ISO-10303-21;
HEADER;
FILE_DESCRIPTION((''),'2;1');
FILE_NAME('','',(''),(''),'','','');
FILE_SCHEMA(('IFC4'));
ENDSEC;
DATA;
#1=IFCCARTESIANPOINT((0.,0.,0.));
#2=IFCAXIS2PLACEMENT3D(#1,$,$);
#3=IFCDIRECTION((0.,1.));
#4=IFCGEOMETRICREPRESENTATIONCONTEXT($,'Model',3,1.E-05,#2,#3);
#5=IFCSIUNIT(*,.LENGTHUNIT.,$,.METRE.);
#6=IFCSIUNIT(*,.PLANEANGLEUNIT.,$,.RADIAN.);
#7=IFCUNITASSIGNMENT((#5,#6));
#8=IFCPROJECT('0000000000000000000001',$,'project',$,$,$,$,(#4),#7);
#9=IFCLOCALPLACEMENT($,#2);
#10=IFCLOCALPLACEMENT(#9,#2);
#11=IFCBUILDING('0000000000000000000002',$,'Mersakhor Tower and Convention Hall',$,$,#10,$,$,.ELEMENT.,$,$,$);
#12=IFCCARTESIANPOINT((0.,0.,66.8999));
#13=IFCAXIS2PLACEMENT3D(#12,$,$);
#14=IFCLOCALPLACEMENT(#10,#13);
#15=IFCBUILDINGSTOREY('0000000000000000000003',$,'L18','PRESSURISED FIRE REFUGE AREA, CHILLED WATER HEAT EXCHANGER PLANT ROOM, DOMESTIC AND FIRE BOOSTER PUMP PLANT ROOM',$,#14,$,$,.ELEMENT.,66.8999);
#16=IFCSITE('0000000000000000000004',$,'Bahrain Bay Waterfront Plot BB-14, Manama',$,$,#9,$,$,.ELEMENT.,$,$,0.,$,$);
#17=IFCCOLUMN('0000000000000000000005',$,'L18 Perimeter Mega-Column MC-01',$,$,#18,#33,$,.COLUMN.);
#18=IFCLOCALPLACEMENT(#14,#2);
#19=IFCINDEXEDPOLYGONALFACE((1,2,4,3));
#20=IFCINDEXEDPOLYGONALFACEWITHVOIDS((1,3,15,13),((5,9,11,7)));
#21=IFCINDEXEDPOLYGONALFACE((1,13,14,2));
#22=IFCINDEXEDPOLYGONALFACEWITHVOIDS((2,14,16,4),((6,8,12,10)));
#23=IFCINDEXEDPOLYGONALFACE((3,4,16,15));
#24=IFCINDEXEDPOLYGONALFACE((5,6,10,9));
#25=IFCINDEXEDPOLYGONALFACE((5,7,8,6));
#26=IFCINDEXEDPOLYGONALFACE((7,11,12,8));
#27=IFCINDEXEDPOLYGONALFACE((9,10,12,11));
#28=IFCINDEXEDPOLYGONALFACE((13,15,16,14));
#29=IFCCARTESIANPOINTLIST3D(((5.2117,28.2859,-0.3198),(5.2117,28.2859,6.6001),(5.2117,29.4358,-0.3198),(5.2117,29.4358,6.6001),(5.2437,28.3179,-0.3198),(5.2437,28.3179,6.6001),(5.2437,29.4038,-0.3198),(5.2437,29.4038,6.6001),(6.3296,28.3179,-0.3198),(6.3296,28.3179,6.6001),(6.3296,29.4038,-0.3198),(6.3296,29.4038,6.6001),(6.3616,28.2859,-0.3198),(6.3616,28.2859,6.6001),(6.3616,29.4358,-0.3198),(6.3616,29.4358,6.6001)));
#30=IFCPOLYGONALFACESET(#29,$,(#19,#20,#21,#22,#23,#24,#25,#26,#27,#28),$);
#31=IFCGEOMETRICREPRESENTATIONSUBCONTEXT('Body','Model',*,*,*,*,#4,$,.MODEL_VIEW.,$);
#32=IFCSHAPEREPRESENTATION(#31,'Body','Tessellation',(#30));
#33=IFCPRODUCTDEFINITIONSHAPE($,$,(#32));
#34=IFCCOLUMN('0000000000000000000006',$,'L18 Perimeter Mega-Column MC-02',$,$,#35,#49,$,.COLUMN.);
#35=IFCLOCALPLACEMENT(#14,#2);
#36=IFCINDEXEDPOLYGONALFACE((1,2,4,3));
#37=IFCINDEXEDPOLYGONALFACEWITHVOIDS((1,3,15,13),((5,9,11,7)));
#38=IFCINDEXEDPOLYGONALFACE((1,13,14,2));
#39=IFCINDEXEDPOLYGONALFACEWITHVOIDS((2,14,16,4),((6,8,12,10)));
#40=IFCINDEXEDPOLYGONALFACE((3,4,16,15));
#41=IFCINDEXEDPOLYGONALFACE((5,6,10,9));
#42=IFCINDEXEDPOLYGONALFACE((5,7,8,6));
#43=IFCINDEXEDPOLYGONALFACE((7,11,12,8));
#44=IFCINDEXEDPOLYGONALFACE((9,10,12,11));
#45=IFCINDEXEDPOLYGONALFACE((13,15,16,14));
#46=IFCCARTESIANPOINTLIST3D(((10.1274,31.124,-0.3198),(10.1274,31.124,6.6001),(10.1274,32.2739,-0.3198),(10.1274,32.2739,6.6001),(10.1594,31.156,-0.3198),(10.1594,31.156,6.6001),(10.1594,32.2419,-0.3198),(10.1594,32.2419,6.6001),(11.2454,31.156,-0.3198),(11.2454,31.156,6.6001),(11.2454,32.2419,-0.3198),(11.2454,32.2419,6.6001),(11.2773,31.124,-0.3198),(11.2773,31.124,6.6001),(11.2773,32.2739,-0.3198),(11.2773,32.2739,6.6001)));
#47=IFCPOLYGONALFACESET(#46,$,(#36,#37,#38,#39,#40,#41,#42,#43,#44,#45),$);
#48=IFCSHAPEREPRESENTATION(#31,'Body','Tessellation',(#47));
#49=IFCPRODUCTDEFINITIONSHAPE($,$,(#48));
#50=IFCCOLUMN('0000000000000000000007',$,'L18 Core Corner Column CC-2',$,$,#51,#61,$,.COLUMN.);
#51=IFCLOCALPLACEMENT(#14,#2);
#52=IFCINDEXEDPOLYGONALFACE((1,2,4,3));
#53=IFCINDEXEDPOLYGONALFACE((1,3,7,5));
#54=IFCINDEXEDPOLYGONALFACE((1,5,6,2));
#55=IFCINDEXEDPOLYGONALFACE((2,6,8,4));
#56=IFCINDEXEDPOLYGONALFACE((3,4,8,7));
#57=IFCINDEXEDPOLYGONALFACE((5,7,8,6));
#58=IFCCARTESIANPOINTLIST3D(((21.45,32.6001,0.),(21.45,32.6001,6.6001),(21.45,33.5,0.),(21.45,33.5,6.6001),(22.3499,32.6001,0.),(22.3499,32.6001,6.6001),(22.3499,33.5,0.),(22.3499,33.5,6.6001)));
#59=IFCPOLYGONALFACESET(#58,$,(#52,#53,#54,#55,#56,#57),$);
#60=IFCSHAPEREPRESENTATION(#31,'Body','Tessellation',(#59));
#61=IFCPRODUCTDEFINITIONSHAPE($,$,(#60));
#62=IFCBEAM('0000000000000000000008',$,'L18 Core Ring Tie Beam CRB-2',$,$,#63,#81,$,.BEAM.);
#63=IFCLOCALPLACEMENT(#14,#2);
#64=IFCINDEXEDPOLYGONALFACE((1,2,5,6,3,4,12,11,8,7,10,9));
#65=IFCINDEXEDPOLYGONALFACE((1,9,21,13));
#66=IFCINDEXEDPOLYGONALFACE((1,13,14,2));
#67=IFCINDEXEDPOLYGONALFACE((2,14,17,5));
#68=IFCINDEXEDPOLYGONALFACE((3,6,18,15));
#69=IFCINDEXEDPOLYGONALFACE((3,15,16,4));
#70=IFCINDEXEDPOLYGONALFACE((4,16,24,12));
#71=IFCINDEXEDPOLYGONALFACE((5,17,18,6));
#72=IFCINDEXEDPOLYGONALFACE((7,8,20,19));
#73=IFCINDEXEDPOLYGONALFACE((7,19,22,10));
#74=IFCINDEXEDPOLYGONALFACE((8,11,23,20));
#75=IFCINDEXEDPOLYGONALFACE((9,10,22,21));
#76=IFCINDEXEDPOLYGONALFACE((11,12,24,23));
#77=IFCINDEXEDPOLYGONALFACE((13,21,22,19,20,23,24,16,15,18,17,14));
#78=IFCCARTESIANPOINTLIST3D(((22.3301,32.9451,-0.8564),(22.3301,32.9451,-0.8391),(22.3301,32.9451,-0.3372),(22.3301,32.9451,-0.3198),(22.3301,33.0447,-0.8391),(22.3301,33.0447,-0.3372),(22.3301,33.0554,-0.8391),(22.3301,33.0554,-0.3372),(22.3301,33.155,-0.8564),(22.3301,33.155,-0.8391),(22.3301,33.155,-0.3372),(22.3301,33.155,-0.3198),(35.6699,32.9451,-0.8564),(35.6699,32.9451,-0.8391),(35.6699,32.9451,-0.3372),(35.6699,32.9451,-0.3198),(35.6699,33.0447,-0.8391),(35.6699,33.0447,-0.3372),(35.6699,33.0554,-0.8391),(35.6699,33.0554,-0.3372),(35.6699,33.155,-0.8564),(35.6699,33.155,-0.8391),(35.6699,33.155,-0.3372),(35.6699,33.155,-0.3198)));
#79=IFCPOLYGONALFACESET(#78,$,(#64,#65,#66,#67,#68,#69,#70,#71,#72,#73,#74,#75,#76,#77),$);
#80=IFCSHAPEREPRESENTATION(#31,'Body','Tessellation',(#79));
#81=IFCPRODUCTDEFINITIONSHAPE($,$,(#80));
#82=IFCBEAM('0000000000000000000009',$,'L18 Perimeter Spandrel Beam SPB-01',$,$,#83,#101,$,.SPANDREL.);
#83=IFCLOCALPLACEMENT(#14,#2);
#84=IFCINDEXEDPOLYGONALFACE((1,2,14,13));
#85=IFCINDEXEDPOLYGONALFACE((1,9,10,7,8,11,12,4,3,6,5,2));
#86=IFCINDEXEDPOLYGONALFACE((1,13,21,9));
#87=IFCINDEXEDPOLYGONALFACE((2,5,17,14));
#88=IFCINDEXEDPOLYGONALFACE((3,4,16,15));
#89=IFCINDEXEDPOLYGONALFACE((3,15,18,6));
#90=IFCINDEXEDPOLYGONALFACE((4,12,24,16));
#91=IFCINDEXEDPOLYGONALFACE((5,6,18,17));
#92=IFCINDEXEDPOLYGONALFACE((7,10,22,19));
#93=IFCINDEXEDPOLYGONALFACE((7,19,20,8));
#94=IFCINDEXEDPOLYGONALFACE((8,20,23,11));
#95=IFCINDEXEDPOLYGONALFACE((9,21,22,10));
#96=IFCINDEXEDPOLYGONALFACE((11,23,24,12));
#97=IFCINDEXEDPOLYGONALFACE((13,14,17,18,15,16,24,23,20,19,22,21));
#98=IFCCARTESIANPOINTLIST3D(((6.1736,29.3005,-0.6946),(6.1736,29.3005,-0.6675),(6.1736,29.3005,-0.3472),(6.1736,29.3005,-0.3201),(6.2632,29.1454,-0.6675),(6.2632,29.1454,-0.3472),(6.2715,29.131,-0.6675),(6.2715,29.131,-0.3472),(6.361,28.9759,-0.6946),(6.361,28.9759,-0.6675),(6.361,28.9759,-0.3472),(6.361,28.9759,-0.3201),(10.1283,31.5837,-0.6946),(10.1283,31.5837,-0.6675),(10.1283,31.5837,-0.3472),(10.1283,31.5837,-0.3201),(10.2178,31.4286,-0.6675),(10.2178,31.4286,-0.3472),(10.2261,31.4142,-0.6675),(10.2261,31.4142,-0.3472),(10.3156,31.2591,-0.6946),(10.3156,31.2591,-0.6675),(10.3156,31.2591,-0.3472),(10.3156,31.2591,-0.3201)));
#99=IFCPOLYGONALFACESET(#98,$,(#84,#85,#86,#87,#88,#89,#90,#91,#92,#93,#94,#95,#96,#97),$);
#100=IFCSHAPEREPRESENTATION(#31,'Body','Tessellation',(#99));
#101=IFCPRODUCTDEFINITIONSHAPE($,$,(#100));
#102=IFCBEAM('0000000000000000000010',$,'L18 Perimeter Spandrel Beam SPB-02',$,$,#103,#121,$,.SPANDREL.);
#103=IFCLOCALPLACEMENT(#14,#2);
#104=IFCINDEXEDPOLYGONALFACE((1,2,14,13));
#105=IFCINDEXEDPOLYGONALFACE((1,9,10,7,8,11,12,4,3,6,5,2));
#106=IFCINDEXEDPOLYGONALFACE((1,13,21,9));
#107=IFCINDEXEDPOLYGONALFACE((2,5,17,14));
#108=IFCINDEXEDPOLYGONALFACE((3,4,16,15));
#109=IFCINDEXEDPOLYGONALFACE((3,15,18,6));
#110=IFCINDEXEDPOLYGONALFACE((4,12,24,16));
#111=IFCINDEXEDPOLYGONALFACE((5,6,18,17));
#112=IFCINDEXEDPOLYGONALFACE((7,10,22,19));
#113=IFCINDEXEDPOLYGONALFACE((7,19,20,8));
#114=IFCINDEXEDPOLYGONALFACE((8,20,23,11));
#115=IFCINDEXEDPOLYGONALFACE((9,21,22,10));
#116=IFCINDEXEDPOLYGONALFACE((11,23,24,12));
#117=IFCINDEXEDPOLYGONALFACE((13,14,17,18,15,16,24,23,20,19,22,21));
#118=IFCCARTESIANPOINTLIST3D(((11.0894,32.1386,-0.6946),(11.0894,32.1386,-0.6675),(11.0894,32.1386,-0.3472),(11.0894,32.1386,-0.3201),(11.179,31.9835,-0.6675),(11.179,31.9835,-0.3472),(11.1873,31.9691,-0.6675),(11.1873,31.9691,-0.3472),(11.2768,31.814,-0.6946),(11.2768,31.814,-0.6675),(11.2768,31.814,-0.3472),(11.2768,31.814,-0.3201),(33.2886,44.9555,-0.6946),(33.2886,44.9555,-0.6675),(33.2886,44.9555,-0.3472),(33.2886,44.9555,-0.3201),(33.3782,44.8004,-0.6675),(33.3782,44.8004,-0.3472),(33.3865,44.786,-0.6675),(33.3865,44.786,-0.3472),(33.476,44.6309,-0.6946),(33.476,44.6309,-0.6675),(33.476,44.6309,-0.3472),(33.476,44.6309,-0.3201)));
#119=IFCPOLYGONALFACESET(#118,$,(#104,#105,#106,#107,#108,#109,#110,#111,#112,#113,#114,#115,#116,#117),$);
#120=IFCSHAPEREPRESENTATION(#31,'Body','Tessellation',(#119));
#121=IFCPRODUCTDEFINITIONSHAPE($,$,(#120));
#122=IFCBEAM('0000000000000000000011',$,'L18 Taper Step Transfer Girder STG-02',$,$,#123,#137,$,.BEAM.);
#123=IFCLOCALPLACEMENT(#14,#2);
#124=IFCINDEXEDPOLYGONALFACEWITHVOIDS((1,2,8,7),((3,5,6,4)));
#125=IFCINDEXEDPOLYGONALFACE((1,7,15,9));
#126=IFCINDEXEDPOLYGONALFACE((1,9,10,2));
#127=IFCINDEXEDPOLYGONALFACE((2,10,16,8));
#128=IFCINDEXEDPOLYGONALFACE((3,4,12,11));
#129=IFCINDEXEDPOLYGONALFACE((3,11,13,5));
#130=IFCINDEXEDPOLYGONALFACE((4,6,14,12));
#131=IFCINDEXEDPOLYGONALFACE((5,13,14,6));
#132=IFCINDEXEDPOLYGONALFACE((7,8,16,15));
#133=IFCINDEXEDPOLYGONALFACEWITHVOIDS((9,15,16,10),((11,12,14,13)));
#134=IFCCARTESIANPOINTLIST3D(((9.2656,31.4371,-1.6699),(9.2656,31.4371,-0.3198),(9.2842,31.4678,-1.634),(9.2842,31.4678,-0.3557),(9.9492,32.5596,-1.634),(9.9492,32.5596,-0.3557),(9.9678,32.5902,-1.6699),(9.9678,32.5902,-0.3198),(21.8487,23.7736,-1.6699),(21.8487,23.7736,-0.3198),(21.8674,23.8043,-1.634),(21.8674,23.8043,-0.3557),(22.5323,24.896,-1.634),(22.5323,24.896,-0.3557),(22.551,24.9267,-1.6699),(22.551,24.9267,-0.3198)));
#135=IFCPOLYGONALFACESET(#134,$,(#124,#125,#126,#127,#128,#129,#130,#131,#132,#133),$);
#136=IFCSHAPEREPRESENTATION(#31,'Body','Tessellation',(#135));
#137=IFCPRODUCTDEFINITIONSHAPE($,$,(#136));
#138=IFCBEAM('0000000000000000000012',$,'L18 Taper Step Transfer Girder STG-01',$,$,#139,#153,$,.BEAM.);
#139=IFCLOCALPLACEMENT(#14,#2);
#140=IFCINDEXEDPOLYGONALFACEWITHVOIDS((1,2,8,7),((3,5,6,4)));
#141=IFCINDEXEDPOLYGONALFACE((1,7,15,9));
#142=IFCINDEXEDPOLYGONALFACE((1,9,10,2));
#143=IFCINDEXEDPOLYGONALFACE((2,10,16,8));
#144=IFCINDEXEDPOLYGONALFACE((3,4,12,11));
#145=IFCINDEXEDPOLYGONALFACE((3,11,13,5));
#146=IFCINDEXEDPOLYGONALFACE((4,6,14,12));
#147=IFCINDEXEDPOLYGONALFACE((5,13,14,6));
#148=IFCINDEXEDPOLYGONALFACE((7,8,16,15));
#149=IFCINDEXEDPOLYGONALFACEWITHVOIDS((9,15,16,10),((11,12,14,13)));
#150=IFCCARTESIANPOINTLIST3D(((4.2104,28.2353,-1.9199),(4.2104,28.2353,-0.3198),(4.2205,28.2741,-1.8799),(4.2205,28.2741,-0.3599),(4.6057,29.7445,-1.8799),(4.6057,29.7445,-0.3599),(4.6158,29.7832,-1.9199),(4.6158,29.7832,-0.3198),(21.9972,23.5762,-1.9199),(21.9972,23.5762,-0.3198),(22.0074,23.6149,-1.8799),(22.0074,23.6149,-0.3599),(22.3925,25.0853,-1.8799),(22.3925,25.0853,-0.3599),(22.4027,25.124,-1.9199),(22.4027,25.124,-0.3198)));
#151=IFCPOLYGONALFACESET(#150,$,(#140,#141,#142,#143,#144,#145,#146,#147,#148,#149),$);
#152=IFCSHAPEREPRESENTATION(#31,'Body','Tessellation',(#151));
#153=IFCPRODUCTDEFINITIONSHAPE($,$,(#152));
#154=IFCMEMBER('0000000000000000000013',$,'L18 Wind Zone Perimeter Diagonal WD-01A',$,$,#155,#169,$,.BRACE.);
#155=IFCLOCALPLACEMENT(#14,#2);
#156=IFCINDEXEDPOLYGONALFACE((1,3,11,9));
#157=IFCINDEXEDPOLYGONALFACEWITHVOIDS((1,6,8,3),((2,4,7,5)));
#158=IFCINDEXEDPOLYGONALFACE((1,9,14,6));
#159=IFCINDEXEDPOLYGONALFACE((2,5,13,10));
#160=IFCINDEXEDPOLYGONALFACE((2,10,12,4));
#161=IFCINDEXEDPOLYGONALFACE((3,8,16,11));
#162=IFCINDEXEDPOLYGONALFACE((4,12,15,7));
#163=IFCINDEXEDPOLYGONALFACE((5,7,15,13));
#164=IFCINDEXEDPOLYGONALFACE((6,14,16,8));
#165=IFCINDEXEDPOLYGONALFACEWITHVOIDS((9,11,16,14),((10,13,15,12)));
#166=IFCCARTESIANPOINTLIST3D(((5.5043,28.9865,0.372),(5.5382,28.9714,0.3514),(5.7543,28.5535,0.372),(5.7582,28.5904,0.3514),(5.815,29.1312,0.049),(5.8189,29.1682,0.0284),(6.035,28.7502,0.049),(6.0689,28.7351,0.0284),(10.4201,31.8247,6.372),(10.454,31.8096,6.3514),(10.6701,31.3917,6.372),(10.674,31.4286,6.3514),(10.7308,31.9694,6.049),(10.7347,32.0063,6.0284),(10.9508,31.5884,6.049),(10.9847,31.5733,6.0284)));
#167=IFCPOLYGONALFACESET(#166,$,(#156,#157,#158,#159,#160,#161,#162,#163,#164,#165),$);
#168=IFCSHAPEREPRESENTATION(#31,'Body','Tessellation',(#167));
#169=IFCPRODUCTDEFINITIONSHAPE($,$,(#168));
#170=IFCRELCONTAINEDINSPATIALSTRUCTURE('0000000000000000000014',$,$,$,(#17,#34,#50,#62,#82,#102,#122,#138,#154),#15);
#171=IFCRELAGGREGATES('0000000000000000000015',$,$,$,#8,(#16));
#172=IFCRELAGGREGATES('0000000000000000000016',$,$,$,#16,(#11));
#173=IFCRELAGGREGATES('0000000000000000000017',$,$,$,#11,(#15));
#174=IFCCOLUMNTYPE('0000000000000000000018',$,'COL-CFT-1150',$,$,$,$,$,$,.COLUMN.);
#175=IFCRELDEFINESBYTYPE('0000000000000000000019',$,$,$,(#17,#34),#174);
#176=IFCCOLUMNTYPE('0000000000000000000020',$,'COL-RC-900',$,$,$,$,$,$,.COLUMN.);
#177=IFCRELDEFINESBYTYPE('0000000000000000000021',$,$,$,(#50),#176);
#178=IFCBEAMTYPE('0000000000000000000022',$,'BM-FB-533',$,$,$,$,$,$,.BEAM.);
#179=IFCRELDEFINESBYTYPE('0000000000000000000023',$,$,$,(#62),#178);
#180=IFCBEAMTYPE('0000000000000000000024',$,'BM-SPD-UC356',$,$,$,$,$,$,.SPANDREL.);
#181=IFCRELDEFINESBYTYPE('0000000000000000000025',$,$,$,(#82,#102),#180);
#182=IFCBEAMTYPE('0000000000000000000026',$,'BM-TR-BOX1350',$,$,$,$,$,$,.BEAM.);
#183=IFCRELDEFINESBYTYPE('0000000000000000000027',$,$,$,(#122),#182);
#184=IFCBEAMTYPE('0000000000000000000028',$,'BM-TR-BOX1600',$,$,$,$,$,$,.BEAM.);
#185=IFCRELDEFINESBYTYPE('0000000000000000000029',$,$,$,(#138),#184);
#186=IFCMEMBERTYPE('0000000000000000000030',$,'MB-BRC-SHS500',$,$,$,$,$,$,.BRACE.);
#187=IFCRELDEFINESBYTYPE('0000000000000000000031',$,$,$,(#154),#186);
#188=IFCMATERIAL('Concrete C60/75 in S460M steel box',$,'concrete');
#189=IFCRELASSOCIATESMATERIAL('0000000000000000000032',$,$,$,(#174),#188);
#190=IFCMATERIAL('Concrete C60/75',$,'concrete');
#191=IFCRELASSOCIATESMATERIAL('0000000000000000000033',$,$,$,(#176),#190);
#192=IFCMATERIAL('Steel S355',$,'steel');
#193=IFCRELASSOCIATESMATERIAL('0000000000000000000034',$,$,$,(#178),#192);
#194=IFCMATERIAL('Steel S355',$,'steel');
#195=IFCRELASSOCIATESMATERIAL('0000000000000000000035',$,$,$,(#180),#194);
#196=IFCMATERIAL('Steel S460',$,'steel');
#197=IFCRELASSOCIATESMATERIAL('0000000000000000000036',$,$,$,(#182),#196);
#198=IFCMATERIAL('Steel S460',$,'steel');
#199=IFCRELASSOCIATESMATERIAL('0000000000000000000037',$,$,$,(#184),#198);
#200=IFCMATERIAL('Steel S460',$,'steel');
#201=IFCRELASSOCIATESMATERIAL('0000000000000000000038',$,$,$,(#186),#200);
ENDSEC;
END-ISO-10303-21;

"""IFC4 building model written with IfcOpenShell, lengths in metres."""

from ifc_helpers import new_model, si_unit, direction, frame, origin, origin_2d, place, context, subcontext, project, spatial, rectangle, hollow_rectangle, i_section, extrude, material, material_profile, profile_set, type_object, element, save


model = new_model("IFC4")

# Units and contexts
model_context = context("Model", 3, precision=1e-05, world=origin(), true_north=direction((0.0, 1.0)))
body_context = subcontext(model_context, "Body", "Model", "MODEL_VIEW")
ifc_project = project(units=[si_unit("LENGTHUNIT", "METRE"), si_unit("PLANEANGLEUNIT", "RADIAN")], contexts=[model_context])

# Site, building, storey
site_placement = place(None, origin())
site = spatial("IfcSite", under=ifc_project, at=site_placement, Name="Bahrain Bay Waterfront Plot BB-14, Manama", CompositionType="ELEMENT", RefElevation=0.0)
building_placement = place(site_placement, origin())
building = spatial("IfcBuilding", under=site, at=building_placement, Name="Mersakhor Tower and Convention Hall", CompositionType="ELEMENT")
storey_placement = place(building_placement, frame((0.0, 0.0, 66.8999)))
storey = spatial("IfcBuildingStorey", under=building, at=storey_placement, Name="L18", Description="PRESSURISED FIRE REFUGE AREA, CHILLED WATER HEAT EXCHANGER PLANT ROOM, DOMESTIC AND FIRE BOOSTER PUMP PLANT ROOM", CompositionType="ELEMENT", Elevation=66.8999)

# Columns
ifc_material_1 = material(Name="Concrete C60/75 in S460M steel box", Category="concrete")
ifc_material_profile_1 = material_profile(ifc_material_1, hollow_rectangle(XDim=1.1499, YDim=1.1499, WallThickness=0.032, at=origin_2d()), Name="SHS 1150x1150x32")
ifc_profile_set_1 = profile_set([ifc_material_profile_1], Name="Concrete C60/75 in S460M steel box")
column_type_1 = type_object("IfcColumnType", Name="COL-CFT-1150", PredefinedType="COLUMN", material=ifc_profile_set_1)
for number, where, z_axis, x_axis, name in (
    (1, (5.7866, 28.8608, -0.3198), (0.0, 0.0, 1.0), (1.0, 0.0, 0.0), "L18 Perimeter Mega-Column MC-01"),
    (2, (10.7024, 31.699, -0.3198), (0.0, 0.0, 1.0), (1.0, 0.0, 0.0), "L18 Perimeter Mega-Column MC-02"),
):
    element("IfcColumn", number, at=place(storey_placement, frame(where, z_axis=z_axis, x_axis=x_axis)), inside=storey, type_object=column_type_1, Name=name, PredefinedType="COLUMN", context=body_context, shape_type="SweptSolid", body=[
        extrude(hollow_rectangle(XDim=1.1499, YDim=1.1499, WallThickness=0.032, at=origin_2d()), origin(), (0.0, 0.0, 1.0), 6.9199),
    ])
ifc_material_2 = material(Name="Concrete C60/75", Category="concrete")
ifc_material_profile_2 = material_profile(ifc_material_2, rectangle(XDim=0.8999, YDim=0.8999, at=origin_2d()), Name="RC 900x900")
ifc_profile_set_2 = profile_set([ifc_material_profile_2], Name="Concrete C60/75")
column_type_2 = type_object("IfcColumnType", Name="COL-RC-900", PredefinedType="COLUMN", material=ifc_profile_set_2)
column_placement = place(storey_placement, frame((21.8999, 33.05, 0.0), z_axis=(0.0, 0.0, 1.0), x_axis=(1.0, 0.0, 0.0)))
element("IfcColumn", 3, at=column_placement, inside=storey, type_object=column_type_2, Name="L18 Core Corner Column CC-2", PredefinedType="COLUMN", context=body_context, shape_type="SweptSolid", body=[
    extrude(rectangle(XDim=0.8999, YDim=0.8999, at=origin_2d()), origin(), (0.0, 0.0, 1.0), 6.6001),
])

# Beams
ifc_material_3 = material(Name="Steel S355", Category="steel")
ifc_material_profile_3 = material_profile(ifc_material_3, i_section(OverallWidth=0.21, OverallDepth=0.5366, WebThickness=0.0107, FlangeThickness=0.0173, at=origin_2d()), Name="UB 533x210x101")
ifc_profile_set_3 = profile_set([ifc_material_profile_3], Name="Steel S355")
beam_type_1 = type_object("IfcBeamType", Name="BM-FB-533", PredefinedType="BEAM", material=ifc_profile_set_3)
beam_1_placement = place(storey_placement, frame((22.3301, 33.05, -0.5881), z_axis=(1.0, 0.0, 0.0), x_axis=(0.0, 1.0, 0.0)))
element("IfcBeam", 4, at=beam_1_placement, inside=storey, type_object=beam_type_1, Name="L18 Core Ring Tie Beam CRB-2", PredefinedType="BEAM", context=body_context, shape_type="SweptSolid", body=[
    extrude(i_section(OverallWidth=0.21, OverallDepth=0.5366, WebThickness=0.0107, FlangeThickness=0.0173, at=origin_2d()), origin(), (0.0, 0.0, 1.0), 13.3398),
])
ifc_material_4 = material(Name="Steel S355", Category="steel")
ifc_material_profile_4 = material_profile(ifc_material_4, i_section(OverallWidth=0.3748, OverallDepth=0.3745, WebThickness=0.0166, FlangeThickness=0.0271, at=origin_2d()), Name="UC 356x368x202")
ifc_profile_set_4 = profile_set([ifc_material_profile_4], Name="Steel S355")
beam_type_2 = type_object("IfcBeamType", Name="BM-SPD-UC356", PredefinedType="SPANDREL", material=ifc_profile_set_4)
beam_2_placement = place(storey_placement, frame((6.2673, 29.1382, -0.5073), z_axis=(0.866024, 0.500003, 0.0), x_axis=(-0.500003, 0.866024, 0.0)))
element("IfcBeam", 5, at=beam_2_placement, inside=storey, type_object=beam_type_2, Name="L18 Perimeter Spandrel Beam SPB-01", PredefinedType="SPANDREL", context=body_context, shape_type="SweptSolid", body=[
    extrude(i_section(OverallWidth=0.3748, OverallDepth=0.3745, WebThickness=0.0166, FlangeThickness=0.0271, at=origin_2d()), origin(), (0.0, 0.0, 1.0), 4.5664),
])
beam_3_placement = place(storey_placement, frame((11.1831, 31.9763, -0.5073), z_axis=(0.866023, 0.500005, 0.0), x_axis=(-0.500005, 0.866023, 0.0)))
element("IfcBeam", 6, at=beam_3_placement, inside=storey, type_object=beam_type_2, Name="L18 Perimeter Spandrel Beam SPB-02", PredefinedType="SPANDREL", context=body_context, shape_type="SweptSolid", body=[
    extrude(i_section(OverallWidth=0.3748, OverallDepth=0.3745, WebThickness=0.0166, FlangeThickness=0.0271, at=origin_2d()), origin(), (0.0, 0.0, 1.0), 25.6335),
])
ifc_material_5 = material(Name="Steel S460", Category="steel")
ifc_material_profile_5 = material_profile(ifc_material_5, hollow_rectangle(XDim=1.3501, YDim=1.3501, WallThickness=0.0359, at=origin_2d()), Name="SHS 1350x1350x36")
ifc_profile_set_5 = profile_set([ifc_material_profile_5], Name="Steel S460")
beam_type_3 = type_object("IfcBeamType", Name="BM-TR-BOX1350", PredefinedType="BEAM", material=ifc_profile_set_5)
beam_4_placement = place(storey_placement, frame((9.6167, 32.0137, -0.9949), z_axis=(0.854072, -0.520155, 0.0), x_axis=(0.520155, 0.854072, 0.0)))
element("IfcBeam", 7, at=beam_4_placement, inside=storey, type_object=beam_type_3, Name="L18 Taper Step Transfer Girder STG-02", PredefinedType="BEAM", context=body_context, shape_type="SweptSolid", body=[
    extrude(hollow_rectangle(XDim=1.3501, YDim=1.3501, WallThickness=0.0359, at=origin_2d()), origin(), (0.0, 0.0, 1.0), 14.7332),
])
ifc_material_6 = material(Name="Steel S460", Category="steel")
ifc_material_profile_6 = material_profile(ifc_material_6, hollow_rectangle(XDim=1.6001, YDim=1.6001, WallThickness=0.04, at=origin_2d()), Name="SHS 1600x1600x40")
ifc_profile_set_6 = profile_set([ifc_material_profile_6], Name="Steel S460")
beam_type_4 = type_object("IfcBeamType", Name="BM-TR-BOX1600", PredefinedType="BEAM", material=ifc_profile_set_6)
beam_5_placement = place(storey_placement, frame((4.4131, 29.0093, -1.1199), z_axis=(0.967363, -0.253396, 0.0), x_axis=(0.253396, 0.967363, 0.0)))
element("IfcBeam", 8, at=beam_5_placement, inside=storey, type_object=beam_type_4, Name="L18 Taper Step Transfer Girder STG-01", PredefinedType="BEAM", context=body_context, shape_type="SweptSolid", body=[
    extrude(hollow_rectangle(XDim=1.6001, YDim=1.6001, WallThickness=0.04, at=origin_2d()), origin(), (0.0, 0.0, 1.0), 18.387),
])

# Member
ifc_material_7 = material(Name="Steel S460", Category="steel")
ifc_material_profile_7 = material_profile(ifc_material_7, hollow_rectangle(XDim=0.5, YDim=0.5, WallThickness=0.03, at=origin_2d()), Name="SHS 500x500x30")
ifc_profile_set_7 = profile_set([ifc_material_profile_7], Name="Steel S460")
member_type_1 = type_object("IfcMemberType", Name="MB-BRC-SHS500", PredefinedType="BRACE", material=ifc_profile_set_7)
member_1_placement = place(storey_placement, frame((5.7866, 28.8608, 0.2002), z_axis=(0.595164, 0.343619, 0.726434), x_axis=(-0.500002, 0.866024, 0.0)))
element("IfcMember", 9, at=member_1_placement, inside=storey, type_object=member_type_1, Name="L18 Wind Zone Perimeter Diagonal WD-01A", PredefinedType="BRACE", context=body_context, shape_type="SweptSolid", body=[
    extrude(hollow_rectangle(XDim=0.5, YDim=0.5, WallThickness=0.03, at=origin_2d()), origin(), (0.0, 0.0, 1.0), 8.2595),
])

save(model, "model.ifc")
